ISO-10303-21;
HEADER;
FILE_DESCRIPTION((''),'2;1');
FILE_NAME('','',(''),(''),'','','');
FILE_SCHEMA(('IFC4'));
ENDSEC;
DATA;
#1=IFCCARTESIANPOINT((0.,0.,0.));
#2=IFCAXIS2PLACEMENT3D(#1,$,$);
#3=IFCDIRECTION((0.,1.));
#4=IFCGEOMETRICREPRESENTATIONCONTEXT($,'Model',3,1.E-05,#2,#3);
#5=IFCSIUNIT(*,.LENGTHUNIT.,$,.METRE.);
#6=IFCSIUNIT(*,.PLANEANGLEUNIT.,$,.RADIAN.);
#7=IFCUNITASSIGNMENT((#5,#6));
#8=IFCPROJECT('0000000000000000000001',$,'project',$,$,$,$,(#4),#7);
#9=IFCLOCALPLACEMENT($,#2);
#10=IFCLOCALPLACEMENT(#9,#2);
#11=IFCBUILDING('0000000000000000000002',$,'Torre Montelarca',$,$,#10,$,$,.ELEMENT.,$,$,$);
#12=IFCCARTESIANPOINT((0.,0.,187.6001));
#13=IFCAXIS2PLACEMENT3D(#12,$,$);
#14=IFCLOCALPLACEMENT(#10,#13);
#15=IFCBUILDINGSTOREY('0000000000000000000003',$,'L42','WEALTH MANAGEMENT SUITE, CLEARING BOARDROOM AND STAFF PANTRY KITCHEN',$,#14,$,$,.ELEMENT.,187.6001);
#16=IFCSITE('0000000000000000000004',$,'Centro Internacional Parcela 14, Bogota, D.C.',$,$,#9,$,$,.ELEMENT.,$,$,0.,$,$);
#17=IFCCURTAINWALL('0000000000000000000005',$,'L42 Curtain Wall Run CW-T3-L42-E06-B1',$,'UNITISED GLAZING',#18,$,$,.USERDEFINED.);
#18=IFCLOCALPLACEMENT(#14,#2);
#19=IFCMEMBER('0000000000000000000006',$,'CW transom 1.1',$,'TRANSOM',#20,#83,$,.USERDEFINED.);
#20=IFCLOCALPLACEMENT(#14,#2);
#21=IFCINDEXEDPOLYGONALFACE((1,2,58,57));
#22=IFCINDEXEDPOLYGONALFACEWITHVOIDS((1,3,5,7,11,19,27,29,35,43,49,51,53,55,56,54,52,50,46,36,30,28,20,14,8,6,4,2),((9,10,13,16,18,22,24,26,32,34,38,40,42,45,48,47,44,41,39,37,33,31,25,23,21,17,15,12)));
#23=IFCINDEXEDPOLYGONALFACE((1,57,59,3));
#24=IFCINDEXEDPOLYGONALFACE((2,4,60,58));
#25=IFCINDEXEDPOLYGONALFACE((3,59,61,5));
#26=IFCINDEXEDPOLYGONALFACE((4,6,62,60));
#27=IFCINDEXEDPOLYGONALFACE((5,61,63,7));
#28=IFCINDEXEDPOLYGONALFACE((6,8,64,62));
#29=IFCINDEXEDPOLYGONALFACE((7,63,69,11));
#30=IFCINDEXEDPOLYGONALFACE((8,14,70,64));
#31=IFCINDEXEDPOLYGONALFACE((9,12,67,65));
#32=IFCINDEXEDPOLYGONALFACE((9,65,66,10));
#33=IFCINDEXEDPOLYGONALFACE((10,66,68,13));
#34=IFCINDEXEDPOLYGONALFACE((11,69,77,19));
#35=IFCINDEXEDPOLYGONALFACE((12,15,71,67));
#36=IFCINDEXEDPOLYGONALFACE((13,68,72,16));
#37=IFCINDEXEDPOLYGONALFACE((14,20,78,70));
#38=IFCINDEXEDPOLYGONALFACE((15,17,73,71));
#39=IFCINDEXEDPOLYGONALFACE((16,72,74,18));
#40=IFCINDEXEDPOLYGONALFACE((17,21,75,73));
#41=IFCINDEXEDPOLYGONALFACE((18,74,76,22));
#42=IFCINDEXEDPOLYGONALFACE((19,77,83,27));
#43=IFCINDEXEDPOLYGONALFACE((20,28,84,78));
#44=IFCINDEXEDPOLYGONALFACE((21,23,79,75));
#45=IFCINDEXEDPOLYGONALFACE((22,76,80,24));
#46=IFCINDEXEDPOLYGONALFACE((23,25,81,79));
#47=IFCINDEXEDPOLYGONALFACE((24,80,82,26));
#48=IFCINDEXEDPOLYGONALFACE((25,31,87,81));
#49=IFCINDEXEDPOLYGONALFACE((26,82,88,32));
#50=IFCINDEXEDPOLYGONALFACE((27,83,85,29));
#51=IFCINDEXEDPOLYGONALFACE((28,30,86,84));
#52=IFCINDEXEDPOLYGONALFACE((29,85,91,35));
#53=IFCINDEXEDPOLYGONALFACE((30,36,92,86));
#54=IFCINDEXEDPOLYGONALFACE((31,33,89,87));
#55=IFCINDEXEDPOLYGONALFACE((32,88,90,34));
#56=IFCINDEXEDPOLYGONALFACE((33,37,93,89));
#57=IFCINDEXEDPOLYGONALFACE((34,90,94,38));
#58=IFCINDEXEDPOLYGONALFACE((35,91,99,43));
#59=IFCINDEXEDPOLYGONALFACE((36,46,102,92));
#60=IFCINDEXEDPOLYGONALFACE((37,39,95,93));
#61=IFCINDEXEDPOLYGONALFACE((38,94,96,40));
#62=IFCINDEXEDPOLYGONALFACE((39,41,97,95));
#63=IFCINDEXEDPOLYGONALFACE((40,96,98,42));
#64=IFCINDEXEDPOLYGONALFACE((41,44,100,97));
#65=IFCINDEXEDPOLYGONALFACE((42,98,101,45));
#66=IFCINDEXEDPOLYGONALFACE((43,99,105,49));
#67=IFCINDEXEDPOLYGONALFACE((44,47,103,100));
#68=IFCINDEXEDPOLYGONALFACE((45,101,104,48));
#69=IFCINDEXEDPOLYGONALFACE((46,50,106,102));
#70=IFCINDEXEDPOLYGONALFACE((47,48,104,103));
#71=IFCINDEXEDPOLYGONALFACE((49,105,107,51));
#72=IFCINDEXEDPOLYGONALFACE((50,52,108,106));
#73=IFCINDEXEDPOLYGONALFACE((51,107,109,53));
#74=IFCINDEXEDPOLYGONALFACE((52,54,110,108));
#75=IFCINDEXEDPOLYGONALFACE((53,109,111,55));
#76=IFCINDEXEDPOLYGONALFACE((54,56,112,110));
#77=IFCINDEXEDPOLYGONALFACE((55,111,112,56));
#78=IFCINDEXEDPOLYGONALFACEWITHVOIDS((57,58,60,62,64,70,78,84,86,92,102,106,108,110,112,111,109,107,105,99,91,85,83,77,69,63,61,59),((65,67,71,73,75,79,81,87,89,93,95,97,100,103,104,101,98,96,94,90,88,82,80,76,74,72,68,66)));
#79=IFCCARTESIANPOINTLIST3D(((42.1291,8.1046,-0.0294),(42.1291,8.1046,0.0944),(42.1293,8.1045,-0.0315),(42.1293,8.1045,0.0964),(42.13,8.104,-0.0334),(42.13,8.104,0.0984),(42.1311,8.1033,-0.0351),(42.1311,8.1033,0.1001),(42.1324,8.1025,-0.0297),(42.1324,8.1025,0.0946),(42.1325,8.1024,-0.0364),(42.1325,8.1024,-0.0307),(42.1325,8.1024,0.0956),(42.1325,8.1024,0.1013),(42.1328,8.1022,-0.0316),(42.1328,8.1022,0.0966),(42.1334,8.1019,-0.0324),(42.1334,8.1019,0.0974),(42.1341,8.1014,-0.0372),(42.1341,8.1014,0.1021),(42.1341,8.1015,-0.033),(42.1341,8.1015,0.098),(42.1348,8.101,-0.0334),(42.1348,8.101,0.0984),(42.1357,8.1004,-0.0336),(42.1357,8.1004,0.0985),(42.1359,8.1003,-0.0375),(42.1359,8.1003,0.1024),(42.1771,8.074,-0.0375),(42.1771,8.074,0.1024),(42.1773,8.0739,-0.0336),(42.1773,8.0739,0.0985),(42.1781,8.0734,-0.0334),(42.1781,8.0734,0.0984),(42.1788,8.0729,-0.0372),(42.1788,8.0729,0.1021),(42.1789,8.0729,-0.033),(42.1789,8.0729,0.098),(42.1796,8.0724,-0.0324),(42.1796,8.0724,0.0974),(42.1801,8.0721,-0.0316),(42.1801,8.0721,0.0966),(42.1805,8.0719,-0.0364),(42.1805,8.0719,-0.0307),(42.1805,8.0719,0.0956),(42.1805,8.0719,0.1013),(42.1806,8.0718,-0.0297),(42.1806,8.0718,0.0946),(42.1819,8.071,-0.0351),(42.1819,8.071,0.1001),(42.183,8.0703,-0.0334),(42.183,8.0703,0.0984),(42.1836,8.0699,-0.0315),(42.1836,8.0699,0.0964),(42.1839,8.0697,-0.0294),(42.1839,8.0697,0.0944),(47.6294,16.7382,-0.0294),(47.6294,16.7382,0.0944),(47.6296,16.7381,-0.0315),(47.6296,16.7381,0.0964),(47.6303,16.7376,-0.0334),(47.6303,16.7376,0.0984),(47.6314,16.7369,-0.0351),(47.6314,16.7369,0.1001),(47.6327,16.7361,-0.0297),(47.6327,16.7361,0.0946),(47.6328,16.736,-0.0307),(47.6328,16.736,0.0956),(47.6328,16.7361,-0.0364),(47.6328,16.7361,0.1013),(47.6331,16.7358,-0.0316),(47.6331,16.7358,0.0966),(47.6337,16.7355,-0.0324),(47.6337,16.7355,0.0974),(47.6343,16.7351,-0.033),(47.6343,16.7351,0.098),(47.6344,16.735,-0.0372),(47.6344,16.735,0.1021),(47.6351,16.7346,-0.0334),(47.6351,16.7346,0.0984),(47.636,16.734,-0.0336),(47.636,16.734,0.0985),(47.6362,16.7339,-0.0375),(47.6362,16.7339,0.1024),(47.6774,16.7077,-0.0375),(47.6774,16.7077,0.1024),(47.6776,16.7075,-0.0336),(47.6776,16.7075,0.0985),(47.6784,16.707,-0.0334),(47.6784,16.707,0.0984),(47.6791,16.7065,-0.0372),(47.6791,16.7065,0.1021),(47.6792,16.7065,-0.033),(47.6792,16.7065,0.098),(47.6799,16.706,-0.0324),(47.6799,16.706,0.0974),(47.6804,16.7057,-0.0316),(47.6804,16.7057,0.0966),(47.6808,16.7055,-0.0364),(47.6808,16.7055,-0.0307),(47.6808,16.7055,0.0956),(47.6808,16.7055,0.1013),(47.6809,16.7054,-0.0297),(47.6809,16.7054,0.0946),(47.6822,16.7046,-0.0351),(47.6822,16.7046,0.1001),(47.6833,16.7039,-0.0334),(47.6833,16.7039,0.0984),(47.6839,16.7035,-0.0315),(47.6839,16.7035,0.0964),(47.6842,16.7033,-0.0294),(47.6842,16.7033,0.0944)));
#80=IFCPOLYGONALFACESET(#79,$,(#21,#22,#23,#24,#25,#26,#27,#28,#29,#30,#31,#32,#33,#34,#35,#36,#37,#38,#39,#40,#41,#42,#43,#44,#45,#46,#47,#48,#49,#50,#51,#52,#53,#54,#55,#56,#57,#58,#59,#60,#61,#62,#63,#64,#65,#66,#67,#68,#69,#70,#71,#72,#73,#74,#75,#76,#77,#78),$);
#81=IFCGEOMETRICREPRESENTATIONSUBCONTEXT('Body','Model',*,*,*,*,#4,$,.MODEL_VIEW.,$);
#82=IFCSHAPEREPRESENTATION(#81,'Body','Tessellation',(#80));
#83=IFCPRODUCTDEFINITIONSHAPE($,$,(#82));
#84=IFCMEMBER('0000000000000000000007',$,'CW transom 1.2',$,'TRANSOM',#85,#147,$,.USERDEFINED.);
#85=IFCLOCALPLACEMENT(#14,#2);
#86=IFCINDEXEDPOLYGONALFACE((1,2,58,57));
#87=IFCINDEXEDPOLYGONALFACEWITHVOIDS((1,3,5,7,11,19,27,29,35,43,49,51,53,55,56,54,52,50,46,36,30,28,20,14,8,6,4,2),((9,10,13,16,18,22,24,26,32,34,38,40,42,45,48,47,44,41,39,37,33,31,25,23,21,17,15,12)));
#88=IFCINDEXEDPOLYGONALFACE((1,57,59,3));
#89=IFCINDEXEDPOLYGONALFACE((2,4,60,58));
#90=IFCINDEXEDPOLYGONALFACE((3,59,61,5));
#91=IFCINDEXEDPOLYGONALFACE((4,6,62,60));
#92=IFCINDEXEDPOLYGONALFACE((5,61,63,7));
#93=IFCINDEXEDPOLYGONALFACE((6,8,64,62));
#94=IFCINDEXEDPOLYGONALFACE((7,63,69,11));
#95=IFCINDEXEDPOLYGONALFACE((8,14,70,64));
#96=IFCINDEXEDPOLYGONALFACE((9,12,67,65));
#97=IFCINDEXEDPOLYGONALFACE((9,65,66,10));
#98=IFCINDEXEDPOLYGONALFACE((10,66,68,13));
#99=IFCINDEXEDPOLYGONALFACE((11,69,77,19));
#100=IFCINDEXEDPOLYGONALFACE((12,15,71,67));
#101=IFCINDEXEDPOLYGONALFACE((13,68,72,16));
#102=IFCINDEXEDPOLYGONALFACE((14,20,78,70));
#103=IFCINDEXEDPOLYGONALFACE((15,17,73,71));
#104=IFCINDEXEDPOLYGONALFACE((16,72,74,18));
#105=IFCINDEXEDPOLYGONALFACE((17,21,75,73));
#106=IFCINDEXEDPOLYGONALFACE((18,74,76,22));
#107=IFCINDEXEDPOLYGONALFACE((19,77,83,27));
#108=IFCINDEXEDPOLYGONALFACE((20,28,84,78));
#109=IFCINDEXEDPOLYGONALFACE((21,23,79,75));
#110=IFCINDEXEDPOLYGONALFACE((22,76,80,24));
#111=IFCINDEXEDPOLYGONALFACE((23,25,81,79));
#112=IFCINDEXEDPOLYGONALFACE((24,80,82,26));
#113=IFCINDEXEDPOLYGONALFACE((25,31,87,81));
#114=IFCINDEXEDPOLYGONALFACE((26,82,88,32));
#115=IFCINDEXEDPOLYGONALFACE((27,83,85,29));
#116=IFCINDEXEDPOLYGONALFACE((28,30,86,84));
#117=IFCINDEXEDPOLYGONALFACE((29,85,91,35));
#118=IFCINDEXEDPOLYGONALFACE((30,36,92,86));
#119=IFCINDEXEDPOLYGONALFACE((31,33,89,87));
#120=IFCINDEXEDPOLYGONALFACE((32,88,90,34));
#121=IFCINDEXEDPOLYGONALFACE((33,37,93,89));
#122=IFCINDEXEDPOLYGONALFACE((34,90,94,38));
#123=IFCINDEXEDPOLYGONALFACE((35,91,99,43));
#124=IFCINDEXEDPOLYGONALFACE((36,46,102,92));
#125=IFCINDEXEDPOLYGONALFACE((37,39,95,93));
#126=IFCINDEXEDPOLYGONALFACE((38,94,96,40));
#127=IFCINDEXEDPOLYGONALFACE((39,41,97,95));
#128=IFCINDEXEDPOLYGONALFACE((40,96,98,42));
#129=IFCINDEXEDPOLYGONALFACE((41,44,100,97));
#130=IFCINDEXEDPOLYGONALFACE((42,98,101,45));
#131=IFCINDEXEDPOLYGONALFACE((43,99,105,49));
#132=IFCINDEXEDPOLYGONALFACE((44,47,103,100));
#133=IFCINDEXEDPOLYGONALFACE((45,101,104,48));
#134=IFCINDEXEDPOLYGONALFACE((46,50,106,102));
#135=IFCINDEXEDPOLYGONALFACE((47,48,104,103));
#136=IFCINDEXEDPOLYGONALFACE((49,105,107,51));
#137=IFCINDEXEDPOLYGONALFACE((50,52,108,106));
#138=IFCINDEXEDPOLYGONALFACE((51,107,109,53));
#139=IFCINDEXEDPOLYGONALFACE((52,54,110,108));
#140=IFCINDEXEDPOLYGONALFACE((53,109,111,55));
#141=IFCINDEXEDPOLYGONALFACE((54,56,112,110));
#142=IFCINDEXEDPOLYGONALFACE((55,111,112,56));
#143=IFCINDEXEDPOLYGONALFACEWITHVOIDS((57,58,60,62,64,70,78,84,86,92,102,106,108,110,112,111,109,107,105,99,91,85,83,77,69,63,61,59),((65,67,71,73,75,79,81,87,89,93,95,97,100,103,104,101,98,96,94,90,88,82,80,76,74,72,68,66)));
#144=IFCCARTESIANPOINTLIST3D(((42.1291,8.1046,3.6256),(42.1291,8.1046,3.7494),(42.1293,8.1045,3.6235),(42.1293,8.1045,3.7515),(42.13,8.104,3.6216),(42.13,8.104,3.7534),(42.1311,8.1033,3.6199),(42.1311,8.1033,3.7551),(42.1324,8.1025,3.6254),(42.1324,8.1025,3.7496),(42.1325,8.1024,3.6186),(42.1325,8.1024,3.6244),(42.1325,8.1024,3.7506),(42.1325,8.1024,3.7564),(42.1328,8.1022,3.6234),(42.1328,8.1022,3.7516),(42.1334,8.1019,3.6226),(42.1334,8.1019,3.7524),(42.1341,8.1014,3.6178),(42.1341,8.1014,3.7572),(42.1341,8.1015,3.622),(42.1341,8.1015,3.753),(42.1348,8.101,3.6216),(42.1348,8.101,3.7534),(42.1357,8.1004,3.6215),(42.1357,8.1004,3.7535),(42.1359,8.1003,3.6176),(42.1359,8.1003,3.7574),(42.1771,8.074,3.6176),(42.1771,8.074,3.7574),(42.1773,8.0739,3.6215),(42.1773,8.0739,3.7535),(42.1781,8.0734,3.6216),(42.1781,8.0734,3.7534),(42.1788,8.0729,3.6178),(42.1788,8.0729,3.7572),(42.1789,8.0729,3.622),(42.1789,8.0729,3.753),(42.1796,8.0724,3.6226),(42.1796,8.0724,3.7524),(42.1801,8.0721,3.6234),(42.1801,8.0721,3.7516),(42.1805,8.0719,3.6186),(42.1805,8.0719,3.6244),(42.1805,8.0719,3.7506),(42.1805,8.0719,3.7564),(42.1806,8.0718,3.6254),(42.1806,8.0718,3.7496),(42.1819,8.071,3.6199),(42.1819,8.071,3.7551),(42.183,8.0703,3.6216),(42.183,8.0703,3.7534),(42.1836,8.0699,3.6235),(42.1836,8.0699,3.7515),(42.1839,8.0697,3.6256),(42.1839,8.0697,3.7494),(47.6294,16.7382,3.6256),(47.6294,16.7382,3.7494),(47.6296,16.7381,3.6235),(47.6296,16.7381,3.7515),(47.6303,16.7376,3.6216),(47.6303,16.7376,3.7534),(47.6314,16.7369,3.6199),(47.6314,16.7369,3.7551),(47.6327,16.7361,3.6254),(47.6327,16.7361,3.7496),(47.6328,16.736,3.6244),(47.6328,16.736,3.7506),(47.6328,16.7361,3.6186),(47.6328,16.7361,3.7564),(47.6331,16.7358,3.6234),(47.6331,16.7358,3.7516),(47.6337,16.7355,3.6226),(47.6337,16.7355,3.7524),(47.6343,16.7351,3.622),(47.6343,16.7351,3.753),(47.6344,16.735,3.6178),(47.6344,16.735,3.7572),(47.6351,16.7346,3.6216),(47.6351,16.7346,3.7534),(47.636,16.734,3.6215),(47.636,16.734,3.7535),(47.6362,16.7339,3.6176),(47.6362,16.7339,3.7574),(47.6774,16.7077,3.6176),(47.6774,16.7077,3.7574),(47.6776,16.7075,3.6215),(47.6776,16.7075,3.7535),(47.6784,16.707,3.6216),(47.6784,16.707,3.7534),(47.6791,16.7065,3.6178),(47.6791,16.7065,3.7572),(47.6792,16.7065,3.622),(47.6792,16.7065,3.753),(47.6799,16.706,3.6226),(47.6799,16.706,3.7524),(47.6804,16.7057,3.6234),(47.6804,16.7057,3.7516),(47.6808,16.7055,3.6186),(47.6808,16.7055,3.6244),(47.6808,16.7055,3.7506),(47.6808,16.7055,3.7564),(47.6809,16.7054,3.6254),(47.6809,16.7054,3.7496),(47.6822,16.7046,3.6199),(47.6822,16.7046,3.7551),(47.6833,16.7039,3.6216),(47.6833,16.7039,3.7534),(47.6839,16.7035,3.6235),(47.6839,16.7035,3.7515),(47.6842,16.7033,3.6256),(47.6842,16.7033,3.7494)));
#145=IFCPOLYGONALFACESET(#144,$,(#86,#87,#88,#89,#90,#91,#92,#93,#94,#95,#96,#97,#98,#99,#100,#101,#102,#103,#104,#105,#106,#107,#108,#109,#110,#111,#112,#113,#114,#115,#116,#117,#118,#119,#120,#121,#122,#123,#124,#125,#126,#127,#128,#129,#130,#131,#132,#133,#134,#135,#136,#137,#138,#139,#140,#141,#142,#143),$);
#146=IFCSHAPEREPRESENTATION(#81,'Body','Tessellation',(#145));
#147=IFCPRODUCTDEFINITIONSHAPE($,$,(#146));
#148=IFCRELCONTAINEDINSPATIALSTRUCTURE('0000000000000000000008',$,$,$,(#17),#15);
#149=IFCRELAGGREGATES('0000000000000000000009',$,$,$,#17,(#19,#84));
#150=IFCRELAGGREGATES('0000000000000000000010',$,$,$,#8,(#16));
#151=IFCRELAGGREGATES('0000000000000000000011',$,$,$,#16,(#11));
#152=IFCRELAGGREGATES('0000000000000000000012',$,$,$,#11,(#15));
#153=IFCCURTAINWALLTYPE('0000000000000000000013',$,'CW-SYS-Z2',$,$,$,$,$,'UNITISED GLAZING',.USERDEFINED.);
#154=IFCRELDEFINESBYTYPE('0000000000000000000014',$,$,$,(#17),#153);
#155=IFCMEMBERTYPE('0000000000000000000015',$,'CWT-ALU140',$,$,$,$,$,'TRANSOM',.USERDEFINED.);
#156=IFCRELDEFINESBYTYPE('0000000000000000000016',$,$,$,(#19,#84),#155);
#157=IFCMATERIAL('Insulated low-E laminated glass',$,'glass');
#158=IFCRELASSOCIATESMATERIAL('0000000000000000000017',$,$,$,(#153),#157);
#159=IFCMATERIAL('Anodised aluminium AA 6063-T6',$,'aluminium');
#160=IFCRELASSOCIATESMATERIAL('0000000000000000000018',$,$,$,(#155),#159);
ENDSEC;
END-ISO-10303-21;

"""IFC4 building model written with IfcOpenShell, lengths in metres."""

from ifc_helpers import new_model, si_unit, direction, frame, origin, origin_2d, place, context, subcontext, project, spatial, hollow_rectangle, extrude, source, transform, mapped, material, material_profile, profile_set, type_object, element, aggregate, save


model = new_model("IFC4")

# Units and contexts
model_context = context("Model", 3, precision=1e-05, world=origin(), true_north=direction((0.0, 1.0)))
body_context = subcontext(model_context, "Body", "Model", "MODEL_VIEW")
ifc_project = project(units=[si_unit("LENGTHUNIT", "METRE"), si_unit("PLANEANGLEUNIT", "RADIAN")], contexts=[model_context])

# Site, building, storey
site_placement = place(None, origin())
site = spatial("IfcSite", under=ifc_project, at=site_placement, Name="Centro Internacional Parcela 14, Bogota, D.C.", CompositionType="ELEMENT", RefElevation=0.0)
building_placement = place(site_placement, origin())
building = spatial("IfcBuilding", under=site, at=building_placement, Name="Torre Montelarca", CompositionType="ELEMENT")
storey_placement = place(building_placement, frame((0.0, 0.0, 187.6001)))
storey = spatial("IfcBuildingStorey", under=building, at=storey_placement, Name="L42", Description="WEALTH MANAGEMENT SUITE, CLEARING BOARDROOM AND STAFF PANTRY KITCHEN", CompositionType="ELEMENT", Elevation=187.6001)

# Shared definitions
ifc_material_1 = material(Name="Insulated low-E laminated glass", Category="glass")
curtain_wall_type = type_object("IfcCurtainWallType", Name="CW-SYS-Z2", ElementType="UNITISED GLAZING", PredefinedType="USERDEFINED", material=ifc_material_1)
ifc_material_2 = material(Name="Anodised aluminium AA 6063-T6", Category="aluminium")
ifc_material_profile_1 = material_profile(ifc_material_2, hollow_rectangle(XDim=0.0649, YDim=0.1399, WallThickness=0.0039, InnerFilletRadius=0.0039, OuterFilletRadius=0.0081, at=origin_2d()), Name="ALU65X140X4", Category="aluminium")
ifc_profile_set_1 = profile_set([ifc_material_profile_1], Name="Anodised aluminium AA 6063-T6")
member_type_1 = type_object("IfcMemberType", Name="CWT-ALU140", ElementType="TRANSOM", PredefinedType="USERDEFINED", material=ifc_profile_set_1)

# Curtain wall, members
curtain_wall_1_placement = place(storey_placement, origin())
curtain_wall_1 = element("IfcCurtainWall", 1, at=curtain_wall_1_placement, inside=storey, type_object=curtain_wall_type, Name="L42 Curtain Wall Run CW-T3-L42-E06-B1", ObjectType="UNITISED GLAZING", PredefinedType="USERDEFINED")
shared_shape_1 = source(origin(), body_context, "Body", "SweptSolid", [
    extrude(hollow_rectangle(XDim=0.0649, YDim=0.1399, WallThickness=0.0039, InnerFilletRadius=0.0039, OuterFilletRadius=0.0081, at=origin_2d()), origin(), (0.0, 0.0, 1.0), 10.2368),
])
member_1_placement = place(storey_placement, frame((42.1565, 8.0872, 0.0325), z_axis=(0.537304, 0.843388, 0.0), x_axis=(-0.843388, 0.537304, 0.0)))
member_1 = element("IfcMember", 2, at=member_1_placement, type_object=member_type_1, Name="CW transom 1.1", ObjectType="TRANSOM", PredefinedType="USERDEFINED", context=body_context, shape_type="MappedRepresentation", body=[
    mapped(shared_shape_1, transform((0.0, 0.0, 0.0), scale=1.0)),
])
member_2_placement = place(storey_placement, frame((42.1565, 8.0872, 3.6875), z_axis=(0.537304, 0.843388, 0.0), x_axis=(-0.843388, 0.537304, 0.0)))
member_2 = element("IfcMember", 3, at=member_2_placement, type_object=member_type_1, Name="CW transom 1.2", ObjectType="TRANSOM", PredefinedType="USERDEFINED", context=body_context, shape_type="MappedRepresentation", body=[
    mapped(shared_shape_1, transform((0.0, 0.0, 0.0), scale=1.0)),
])

aggregate(curtain_wall_1, [member_1, member_2])

save(model, "model.ifc")
